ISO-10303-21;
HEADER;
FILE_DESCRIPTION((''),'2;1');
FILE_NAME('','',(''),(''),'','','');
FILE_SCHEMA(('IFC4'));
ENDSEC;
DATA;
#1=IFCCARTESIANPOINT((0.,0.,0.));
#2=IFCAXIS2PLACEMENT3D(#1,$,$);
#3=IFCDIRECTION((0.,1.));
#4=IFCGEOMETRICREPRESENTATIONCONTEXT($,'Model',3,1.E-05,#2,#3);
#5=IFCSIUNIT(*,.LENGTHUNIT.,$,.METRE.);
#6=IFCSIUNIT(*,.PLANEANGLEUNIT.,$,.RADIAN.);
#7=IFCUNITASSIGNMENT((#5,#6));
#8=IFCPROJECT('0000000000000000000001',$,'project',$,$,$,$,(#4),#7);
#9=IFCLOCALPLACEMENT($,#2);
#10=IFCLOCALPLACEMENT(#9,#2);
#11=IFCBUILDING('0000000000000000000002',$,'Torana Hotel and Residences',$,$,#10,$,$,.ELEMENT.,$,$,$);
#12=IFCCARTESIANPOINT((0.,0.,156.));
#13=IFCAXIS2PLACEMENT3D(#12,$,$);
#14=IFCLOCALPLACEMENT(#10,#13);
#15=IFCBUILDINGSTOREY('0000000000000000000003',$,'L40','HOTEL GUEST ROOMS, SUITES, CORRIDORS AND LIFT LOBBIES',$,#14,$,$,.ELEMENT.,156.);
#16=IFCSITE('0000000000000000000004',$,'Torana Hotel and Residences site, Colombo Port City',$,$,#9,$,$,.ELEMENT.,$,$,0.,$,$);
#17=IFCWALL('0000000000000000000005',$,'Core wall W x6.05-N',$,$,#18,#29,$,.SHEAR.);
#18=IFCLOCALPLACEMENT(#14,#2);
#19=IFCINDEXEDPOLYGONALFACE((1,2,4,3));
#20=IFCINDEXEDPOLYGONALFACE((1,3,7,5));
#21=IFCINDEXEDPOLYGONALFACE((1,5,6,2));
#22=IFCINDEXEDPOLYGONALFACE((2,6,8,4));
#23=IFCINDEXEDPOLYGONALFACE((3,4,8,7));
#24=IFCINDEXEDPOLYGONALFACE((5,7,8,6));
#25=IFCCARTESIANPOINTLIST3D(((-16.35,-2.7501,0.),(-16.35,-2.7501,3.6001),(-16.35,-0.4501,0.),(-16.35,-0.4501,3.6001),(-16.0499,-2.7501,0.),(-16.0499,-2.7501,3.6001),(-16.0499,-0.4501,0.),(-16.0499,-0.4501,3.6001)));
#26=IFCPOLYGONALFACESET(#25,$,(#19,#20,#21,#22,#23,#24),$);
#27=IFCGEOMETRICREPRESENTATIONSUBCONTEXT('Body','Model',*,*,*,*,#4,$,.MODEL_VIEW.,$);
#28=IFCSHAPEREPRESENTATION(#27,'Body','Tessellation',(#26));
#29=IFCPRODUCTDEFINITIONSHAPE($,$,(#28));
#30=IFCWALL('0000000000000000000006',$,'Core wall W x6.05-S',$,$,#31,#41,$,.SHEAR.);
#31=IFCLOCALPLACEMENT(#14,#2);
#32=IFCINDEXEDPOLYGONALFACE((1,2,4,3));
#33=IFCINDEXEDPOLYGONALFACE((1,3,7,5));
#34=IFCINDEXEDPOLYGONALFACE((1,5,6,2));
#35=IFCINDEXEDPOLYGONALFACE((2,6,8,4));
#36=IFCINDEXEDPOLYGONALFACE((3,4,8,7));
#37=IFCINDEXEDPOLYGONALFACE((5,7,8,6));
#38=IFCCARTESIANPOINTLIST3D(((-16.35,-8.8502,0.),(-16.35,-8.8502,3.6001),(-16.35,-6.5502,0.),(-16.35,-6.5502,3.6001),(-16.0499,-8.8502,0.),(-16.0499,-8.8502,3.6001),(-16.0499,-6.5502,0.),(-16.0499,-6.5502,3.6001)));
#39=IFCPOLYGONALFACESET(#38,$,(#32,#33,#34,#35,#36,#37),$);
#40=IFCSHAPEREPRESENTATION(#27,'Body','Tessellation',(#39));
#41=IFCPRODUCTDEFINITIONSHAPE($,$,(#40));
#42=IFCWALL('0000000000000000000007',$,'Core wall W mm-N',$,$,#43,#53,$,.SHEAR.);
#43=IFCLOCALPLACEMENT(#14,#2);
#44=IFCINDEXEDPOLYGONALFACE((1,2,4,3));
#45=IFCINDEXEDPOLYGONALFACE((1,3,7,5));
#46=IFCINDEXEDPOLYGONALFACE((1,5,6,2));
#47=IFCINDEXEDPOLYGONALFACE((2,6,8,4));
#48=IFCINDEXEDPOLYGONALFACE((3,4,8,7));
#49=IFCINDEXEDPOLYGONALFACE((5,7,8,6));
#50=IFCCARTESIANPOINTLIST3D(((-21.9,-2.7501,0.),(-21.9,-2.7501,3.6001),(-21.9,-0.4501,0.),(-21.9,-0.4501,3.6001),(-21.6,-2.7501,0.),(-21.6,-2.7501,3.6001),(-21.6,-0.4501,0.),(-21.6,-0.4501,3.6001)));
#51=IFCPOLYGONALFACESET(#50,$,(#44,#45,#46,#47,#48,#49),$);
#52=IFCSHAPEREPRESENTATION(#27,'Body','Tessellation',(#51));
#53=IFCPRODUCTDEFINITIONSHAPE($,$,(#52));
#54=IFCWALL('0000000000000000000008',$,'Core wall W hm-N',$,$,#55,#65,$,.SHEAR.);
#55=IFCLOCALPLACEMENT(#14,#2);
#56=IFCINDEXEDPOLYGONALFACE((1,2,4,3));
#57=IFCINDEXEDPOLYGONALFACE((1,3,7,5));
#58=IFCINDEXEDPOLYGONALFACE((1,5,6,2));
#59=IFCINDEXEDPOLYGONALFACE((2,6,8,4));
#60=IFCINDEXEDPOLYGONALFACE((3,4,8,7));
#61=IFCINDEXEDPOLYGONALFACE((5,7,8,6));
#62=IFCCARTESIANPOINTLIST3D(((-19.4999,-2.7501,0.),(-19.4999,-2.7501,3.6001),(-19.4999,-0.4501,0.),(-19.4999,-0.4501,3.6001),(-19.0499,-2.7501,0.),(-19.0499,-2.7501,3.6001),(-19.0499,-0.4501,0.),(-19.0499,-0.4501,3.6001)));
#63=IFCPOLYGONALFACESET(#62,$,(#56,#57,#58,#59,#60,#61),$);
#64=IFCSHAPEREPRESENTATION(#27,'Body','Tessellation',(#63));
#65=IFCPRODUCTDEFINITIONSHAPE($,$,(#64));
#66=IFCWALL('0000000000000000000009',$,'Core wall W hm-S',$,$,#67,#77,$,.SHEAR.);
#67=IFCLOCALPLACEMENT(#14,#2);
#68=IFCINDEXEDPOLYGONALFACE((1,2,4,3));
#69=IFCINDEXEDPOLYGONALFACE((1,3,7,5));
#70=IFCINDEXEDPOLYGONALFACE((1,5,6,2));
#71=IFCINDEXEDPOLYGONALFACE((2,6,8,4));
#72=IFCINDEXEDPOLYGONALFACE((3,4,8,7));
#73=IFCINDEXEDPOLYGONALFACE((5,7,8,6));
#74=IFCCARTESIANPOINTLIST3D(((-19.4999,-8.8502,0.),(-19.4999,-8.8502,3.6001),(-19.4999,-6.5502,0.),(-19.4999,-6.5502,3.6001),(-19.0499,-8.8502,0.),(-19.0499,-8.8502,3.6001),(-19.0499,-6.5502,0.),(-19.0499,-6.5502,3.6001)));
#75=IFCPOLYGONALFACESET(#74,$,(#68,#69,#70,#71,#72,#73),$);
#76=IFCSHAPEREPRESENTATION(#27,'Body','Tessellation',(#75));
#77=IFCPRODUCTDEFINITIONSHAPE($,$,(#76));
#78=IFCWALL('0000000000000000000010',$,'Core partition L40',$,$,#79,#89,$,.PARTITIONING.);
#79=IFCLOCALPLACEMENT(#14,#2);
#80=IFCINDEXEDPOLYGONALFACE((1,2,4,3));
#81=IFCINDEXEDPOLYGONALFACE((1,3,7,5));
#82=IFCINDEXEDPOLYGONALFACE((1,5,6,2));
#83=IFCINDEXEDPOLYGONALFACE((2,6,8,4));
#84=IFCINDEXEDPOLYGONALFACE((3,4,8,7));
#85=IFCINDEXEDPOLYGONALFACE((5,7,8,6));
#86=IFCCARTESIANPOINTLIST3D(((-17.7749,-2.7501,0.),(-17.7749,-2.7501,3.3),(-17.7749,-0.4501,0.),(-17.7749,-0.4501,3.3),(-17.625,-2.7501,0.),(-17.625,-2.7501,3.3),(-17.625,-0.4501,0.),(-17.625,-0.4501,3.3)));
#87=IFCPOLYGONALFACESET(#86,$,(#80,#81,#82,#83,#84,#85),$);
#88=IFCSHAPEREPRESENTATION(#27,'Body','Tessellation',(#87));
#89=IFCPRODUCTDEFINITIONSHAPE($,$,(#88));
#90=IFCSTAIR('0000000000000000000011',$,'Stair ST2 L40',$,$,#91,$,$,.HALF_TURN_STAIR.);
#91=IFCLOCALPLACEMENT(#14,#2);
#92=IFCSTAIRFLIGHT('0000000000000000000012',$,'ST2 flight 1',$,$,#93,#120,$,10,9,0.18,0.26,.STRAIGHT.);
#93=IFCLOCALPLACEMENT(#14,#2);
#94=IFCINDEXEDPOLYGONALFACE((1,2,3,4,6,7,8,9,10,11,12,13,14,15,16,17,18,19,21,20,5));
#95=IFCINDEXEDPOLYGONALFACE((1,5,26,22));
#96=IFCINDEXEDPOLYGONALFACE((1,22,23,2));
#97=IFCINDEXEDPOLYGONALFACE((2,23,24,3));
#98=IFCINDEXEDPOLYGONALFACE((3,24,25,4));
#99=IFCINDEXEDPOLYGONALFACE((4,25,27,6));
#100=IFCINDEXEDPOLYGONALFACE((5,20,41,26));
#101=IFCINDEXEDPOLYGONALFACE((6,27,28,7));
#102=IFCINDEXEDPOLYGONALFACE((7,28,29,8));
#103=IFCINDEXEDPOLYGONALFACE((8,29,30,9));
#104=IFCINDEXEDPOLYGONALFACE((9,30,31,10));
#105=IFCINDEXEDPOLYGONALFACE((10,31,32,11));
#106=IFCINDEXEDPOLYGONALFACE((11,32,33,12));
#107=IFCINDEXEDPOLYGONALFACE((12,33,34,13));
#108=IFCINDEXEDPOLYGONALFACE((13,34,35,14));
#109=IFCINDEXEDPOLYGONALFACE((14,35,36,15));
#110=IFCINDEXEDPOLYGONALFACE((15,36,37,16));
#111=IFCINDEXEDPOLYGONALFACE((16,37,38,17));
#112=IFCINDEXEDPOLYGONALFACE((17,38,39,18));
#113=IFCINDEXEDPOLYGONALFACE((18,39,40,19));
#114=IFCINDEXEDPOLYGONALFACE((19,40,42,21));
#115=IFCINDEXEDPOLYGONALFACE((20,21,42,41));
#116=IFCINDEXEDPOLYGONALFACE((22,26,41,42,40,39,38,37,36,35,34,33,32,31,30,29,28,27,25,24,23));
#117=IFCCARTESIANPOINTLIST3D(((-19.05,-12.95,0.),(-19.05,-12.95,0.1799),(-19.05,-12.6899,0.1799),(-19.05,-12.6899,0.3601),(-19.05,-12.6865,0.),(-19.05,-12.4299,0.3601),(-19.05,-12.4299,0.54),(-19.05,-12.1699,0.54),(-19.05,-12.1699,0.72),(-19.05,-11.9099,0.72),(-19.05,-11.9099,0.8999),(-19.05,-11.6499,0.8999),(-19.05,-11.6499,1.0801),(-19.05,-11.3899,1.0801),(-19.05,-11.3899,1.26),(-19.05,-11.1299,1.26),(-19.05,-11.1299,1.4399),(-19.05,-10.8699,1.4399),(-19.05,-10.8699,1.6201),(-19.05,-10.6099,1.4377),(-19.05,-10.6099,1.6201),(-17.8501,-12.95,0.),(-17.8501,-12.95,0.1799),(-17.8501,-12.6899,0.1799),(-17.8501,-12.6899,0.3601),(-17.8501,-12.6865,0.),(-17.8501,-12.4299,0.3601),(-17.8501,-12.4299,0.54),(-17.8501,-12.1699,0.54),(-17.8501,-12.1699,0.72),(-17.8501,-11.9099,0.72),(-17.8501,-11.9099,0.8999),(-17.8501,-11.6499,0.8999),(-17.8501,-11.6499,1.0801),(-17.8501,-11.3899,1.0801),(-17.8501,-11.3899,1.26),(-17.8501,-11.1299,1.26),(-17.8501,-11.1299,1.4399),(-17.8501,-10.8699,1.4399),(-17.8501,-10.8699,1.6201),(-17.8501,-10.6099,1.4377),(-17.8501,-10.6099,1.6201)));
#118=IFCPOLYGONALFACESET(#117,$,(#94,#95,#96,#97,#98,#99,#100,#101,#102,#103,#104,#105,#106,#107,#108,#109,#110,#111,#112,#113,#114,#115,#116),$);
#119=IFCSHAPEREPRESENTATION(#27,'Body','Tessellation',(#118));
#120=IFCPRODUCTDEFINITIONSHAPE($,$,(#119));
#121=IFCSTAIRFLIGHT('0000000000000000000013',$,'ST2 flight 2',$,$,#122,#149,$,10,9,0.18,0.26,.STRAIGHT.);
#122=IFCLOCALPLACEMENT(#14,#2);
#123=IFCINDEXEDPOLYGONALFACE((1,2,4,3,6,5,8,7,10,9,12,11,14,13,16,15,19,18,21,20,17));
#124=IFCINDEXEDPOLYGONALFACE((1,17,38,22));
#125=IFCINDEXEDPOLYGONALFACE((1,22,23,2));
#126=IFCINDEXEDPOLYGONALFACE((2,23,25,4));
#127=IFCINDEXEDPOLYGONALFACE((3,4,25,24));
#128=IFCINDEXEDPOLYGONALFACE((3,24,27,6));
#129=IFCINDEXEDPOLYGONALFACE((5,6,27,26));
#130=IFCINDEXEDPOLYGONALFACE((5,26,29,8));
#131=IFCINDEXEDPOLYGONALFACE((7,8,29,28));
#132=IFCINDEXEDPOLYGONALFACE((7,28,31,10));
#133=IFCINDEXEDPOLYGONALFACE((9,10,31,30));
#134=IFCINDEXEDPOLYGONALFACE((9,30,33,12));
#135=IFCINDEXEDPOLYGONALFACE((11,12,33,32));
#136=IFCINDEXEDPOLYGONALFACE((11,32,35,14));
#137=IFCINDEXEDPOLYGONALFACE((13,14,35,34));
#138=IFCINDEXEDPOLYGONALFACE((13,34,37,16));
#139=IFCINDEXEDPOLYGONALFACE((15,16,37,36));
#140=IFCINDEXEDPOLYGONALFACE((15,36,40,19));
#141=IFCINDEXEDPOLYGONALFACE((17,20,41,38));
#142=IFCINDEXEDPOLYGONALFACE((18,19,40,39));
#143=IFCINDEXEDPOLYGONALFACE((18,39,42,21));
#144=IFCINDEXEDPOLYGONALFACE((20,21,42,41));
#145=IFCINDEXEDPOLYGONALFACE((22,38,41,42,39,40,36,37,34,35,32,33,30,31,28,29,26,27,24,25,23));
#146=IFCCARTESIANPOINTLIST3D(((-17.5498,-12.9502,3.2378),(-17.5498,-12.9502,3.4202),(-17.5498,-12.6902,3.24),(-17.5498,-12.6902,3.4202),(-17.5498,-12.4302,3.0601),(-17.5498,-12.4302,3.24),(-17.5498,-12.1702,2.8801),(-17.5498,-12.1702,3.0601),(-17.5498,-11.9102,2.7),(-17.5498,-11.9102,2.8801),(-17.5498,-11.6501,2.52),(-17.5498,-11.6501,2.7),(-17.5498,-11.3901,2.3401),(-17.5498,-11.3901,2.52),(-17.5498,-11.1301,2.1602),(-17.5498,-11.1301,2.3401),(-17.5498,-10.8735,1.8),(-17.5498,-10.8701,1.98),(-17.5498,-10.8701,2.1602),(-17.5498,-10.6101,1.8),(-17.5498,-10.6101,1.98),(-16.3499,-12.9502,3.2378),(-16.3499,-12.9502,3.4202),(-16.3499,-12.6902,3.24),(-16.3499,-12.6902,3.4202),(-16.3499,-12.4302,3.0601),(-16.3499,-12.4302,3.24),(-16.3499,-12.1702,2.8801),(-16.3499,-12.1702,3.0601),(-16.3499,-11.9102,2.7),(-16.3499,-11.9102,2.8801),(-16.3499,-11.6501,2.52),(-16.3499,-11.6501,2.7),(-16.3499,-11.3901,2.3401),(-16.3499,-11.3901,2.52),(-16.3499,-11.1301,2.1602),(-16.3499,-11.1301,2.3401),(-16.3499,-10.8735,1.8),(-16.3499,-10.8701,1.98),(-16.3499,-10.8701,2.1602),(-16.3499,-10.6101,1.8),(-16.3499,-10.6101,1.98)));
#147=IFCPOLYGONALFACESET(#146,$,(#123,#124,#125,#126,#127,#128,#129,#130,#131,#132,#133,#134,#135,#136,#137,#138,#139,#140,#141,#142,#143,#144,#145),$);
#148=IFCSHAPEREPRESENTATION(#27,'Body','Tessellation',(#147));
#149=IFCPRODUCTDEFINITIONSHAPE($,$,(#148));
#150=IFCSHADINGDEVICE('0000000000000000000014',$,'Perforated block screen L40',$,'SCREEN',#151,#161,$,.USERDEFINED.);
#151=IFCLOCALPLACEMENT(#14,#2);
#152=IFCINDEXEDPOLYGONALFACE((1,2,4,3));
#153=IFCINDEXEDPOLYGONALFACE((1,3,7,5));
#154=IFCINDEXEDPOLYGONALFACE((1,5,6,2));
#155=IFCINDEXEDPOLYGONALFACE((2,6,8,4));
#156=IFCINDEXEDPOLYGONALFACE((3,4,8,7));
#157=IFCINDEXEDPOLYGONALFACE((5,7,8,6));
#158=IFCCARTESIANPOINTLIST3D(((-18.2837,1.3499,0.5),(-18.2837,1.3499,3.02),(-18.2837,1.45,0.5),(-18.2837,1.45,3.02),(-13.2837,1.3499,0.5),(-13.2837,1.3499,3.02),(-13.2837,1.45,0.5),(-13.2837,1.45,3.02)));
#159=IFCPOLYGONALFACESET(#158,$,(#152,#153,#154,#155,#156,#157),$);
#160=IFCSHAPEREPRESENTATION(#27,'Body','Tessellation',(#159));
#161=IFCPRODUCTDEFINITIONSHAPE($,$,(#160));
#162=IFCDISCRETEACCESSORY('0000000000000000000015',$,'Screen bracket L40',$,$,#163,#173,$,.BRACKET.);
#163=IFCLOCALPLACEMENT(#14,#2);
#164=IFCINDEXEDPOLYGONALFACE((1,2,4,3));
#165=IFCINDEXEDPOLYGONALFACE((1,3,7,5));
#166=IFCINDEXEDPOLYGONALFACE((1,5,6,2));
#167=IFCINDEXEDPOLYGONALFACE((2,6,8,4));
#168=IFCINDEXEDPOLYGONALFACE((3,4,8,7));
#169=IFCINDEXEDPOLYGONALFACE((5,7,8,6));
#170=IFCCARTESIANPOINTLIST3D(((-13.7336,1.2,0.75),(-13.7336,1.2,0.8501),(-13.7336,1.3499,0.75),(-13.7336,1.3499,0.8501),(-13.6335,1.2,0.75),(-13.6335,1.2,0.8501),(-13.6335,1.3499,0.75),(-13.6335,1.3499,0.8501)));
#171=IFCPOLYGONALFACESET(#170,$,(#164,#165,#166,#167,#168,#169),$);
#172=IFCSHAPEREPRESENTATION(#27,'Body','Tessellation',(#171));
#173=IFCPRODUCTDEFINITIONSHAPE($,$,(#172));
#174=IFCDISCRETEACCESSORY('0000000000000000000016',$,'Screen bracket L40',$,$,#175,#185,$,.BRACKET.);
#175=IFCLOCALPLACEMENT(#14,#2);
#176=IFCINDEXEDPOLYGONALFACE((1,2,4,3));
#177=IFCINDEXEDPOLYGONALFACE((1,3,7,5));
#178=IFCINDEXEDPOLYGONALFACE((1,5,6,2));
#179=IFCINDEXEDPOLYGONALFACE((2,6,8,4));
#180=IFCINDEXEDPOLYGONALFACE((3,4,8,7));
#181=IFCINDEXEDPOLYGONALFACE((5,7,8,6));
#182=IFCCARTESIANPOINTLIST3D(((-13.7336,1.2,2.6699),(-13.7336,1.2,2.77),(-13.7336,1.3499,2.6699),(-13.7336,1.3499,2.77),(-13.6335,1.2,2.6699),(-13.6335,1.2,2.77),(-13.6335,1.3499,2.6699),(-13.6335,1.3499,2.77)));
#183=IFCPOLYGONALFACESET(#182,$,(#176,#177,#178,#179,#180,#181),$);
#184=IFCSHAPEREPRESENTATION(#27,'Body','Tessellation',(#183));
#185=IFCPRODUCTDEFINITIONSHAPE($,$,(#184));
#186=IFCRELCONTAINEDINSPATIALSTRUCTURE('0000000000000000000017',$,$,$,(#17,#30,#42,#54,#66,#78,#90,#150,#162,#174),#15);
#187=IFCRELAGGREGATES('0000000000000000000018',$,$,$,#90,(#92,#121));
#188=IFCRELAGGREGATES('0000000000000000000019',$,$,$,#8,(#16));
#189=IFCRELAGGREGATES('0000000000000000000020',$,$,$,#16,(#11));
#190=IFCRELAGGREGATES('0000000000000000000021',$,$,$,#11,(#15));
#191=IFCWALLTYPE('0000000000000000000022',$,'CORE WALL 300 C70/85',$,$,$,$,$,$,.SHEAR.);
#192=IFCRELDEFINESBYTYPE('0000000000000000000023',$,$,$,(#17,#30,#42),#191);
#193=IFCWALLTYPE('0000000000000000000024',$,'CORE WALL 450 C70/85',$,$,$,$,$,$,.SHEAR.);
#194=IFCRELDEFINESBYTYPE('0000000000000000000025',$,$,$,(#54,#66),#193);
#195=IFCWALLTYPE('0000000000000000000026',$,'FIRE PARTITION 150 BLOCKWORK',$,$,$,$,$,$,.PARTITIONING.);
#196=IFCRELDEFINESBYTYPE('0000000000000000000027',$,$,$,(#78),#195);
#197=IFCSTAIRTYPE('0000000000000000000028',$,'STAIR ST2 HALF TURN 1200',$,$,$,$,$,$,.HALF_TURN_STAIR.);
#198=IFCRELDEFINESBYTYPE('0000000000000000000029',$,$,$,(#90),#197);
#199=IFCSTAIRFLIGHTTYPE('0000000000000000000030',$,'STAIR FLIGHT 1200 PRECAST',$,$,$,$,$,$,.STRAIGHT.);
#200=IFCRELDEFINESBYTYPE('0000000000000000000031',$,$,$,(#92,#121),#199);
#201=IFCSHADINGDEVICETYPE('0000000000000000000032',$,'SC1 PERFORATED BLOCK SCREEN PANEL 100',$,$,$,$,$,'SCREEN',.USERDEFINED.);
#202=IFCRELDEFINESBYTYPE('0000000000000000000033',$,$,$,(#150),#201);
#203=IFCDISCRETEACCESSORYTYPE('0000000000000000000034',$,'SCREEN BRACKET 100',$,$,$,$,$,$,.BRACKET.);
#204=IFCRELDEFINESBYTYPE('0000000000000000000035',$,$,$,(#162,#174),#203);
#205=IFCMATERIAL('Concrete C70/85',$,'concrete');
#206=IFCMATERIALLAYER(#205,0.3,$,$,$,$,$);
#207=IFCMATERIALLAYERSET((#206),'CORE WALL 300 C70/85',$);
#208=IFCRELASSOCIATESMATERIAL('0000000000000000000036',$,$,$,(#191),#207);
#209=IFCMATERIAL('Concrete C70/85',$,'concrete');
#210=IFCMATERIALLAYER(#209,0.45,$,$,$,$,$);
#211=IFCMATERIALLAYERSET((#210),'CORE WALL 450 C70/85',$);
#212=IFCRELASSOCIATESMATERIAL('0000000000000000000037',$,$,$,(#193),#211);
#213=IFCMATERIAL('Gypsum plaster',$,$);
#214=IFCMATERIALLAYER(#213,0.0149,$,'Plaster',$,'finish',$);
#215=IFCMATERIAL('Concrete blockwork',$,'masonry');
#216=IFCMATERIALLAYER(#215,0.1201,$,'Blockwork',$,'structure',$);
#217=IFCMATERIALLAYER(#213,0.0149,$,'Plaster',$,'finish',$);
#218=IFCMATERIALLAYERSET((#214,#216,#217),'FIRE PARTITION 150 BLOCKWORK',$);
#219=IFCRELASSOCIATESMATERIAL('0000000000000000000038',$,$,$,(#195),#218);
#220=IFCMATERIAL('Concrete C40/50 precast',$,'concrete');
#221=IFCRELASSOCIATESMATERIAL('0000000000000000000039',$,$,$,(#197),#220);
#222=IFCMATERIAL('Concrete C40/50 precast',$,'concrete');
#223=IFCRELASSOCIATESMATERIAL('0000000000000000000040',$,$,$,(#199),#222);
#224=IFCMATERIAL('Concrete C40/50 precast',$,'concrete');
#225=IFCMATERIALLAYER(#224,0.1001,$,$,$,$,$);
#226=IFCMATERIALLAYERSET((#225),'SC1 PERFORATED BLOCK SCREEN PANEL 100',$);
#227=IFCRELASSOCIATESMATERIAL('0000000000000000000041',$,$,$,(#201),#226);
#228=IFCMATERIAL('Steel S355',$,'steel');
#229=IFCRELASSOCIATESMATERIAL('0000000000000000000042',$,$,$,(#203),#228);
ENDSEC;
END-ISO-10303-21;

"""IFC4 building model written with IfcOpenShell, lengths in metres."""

from ifc_helpers import new_model, si_unit, direction, frame, frame_2d, origin, origin_2d, place, context, subcontext, project, spatial, polyline, rectangle, outline, extrude, material, layer, layer_set, type_object, element, aggregate, save


model = new_model("IFC4")

# Units and contexts
model_context = context("Model", 3, precision=1e-05, world=origin(), true_north=direction((0.0, 1.0)))
body_context = subcontext(model_context, "Body", "Model", "MODEL_VIEW")
ifc_project = project(units=[si_unit("LENGTHUNIT", "METRE"), si_unit("PLANEANGLEUNIT", "RADIAN")], contexts=[model_context])

# Site, building, storey
site_placement = place(None, origin())
site = spatial("IfcSite", under=ifc_project, at=site_placement, Name="Torana Hotel and Residences site, Colombo Port City", CompositionType="ELEMENT", RefElevation=0.0)
building_placement = place(site_placement, origin())
building = spatial("IfcBuilding", under=site, at=building_placement, Name="Torana Hotel and Residences", CompositionType="ELEMENT")
storey_placement = place(building_placement, frame((0.0, 0.0, 156.0)))
storey = spatial("IfcBuildingStorey", under=building, at=storey_placement, Name="L40", Description="HOTEL GUEST ROOMS, SUITES, CORRIDORS AND LIFT LOBBIES", CompositionType="ELEMENT", Elevation=156.0)

# Walls
ifc_material_1 = material(Name="Concrete C70/85", Category="concrete")
ifc_layer_1 = layer(ifc_material_1, 0.3)
ifc_layer_set_1 = layer_set([ifc_layer_1], Name="CORE WALL 300 C70/85")
wall_type_1 = type_object("IfcWallType", Name="CORE WALL 300 C70/85", PredefinedType="SHEAR", material=ifc_layer_set_1)
for number, where, z_axis, x_axis, name in (
    (1, (-16.2, -2.75, 0.0), (0.0, 0.0, 1.0), (0.0, 1.0, 0.0), "Core wall W x6.05-N"),
    (2, (-16.2, -8.8501, 0.0), (0.0, 0.0, 1.0), (0.0, 1.0, 0.0), "Core wall W x6.05-S"),
    (3, (-21.75, -2.75, 0.0), (0.0, 0.0, 1.0), (0.0, 1.0, 0.0), "Core wall W mm-N"),
):
    element("IfcWall", number, at=place(storey_placement, frame(where, z_axis=z_axis, x_axis=x_axis)), inside=storey, type_object=wall_type_1, Name=name, PredefinedType="SHEAR", context=body_context, shape_type="SweptSolid", body=[
        extrude(rectangle(XDim=2.3, YDim=0.3, at=frame_2d((1.1499, 0.0))), origin(), (0.0, 0.0, 1.0), 3.6001),
    ])
ifc_material_2 = material(Name="Concrete C70/85", Category="concrete")
ifc_layer_2 = layer(ifc_material_2, 0.45)
ifc_layer_set_2 = layer_set([ifc_layer_2], Name="CORE WALL 450 C70/85")
wall_type_2 = type_object("IfcWallType", Name="CORE WALL 450 C70/85", PredefinedType="SHEAR", material=ifc_layer_set_2)
for number, where, z_axis, x_axis, name in (
    (4, (-19.2749, -2.75, 0.0), (0.0, 0.0, 1.0), (0.0, 1.0, 0.0), "Core wall W hm-N"),
    (5, (-19.2749, -8.8501, 0.0), (0.0, 0.0, 1.0), (0.0, 1.0, 0.0), "Core wall W hm-S"),
):
    element("IfcWall", number, at=place(storey_placement, frame(where, z_axis=z_axis, x_axis=x_axis)), inside=storey, type_object=wall_type_2, Name=name, PredefinedType="SHEAR", context=body_context, shape_type="SweptSolid", body=[
        extrude(rectangle(XDim=2.3, YDim=0.45, at=frame_2d((1.1499, 0.0))), origin(), (0.0, 0.0, 1.0), 3.6001),
    ])
ifc_material_3 = material(Name="Gypsum plaster")
ifc_layer_3 = layer(ifc_material_3, 0.0149, Name="Plaster", Category="finish")
ifc_material_4 = material(Name="Concrete blockwork", Category="masonry")
ifc_layer_4 = layer(ifc_material_4, 0.1201, Name="Blockwork", Category="structure")
ifc_layer_5 = layer(ifc_material_3, 0.0149, Name="Plaster", Category="finish")
ifc_layer_set_3 = layer_set([ifc_layer_3, ifc_layer_4, ifc_layer_5], Name="FIRE PARTITION 150 BLOCKWORK")
wall_type_3 = type_object("IfcWallType", Name="FIRE PARTITION 150 BLOCKWORK", PredefinedType="PARTITIONING", material=ifc_layer_set_3)
wall_placement = place(storey_placement, frame((-17.7, -2.75, 0.0), z_axis=(0.0, 0.0, 1.0), x_axis=(0.0, 1.0, 0.0)))
element("IfcWall", 6, at=wall_placement, inside=storey, type_object=wall_type_3, Name="Core partition L40", PredefinedType="PARTITIONING", context=body_context, shape_type="SweptSolid", body=[
    extrude(rectangle(XDim=2.3, YDim=0.1499, at=frame_2d((1.1499, 0.0))), origin(), (0.0, 0.0, 1.0), 3.3),
])

# Stair, stair flights
ifc_material_5 = material(Name="Concrete C40/50 precast", Category="concrete")
stair_type = type_object("IfcStairType", Name="STAIR ST2 HALF TURN 1200", PredefinedType="HALF_TURN_STAIR", material=ifc_material_5)
stair_placement = place(storey_placement, origin())
stair = element("IfcStair", 7, at=stair_placement, inside=storey, type_object=stair_type, Name="Stair ST2 L40", PredefinedType="HALF_TURN_STAIR")
ifc_material_6 = material(Name="Concrete C40/50 precast", Category="concrete")
stair_flight_type = type_object("IfcStairFlightType", Name="STAIR FLIGHT 1200 PRECAST", PredefinedType="STRAIGHT", material=ifc_material_6)
stair_flight_1_placement = place(storey_placement, frame((-18.45, -12.95, 0.0), z_axis=(0.0, 0.0, 1.0), x_axis=(0.0, 1.0, 0.0)))
stair_flight_1 = element("IfcStairFlight", 8, at=stair_flight_1_placement, type_object=stair_flight_type, Name="ST2 flight 1", NumberOfRisers=10, NumberOfTreads=9, PredefinedType="STRAIGHT", RiserHeight=0.18, TreadLength=0.26, context=body_context, shape_type="SweptSolid", body=[
    extrude(outline(polyline([(0.0, 0.0), (0.0, 0.1799), (0.26, 0.1799), (0.26, 0.3601), (0.52, 0.3601), (0.52, 0.54), (0.78, 0.54), (0.78, 0.72), (1.04, 0.72), (1.04, 0.8999), (1.3, 0.8999), (1.3, 1.0801), (1.5601, 1.0801), (1.5601, 1.26), (1.8201, 1.26), (1.8201, 1.4399), (2.0801, 1.4399), (2.0801, 1.6201), (2.3401, 1.6201), (2.3401, 1.8), (2.3401, 1.4377), (0.2634, 0.0), (0.0, 0.0)])), frame((0.0, 0.6001, 0.0), z_axis=(0.0, -1.0, 0.0), x_axis=(1.0, 0.0, 0.0)), (0.0, 0.0, 1.0), 1.2),
])
stair_flight_2_placement = place(storey_placement, frame((-16.95, -10.6101, 1.8), z_axis=(0.0, 0.0, 1.0), x_axis=(0.0, -1.0, 0.0)))
stair_flight_2 = element("IfcStairFlight", 9, at=stair_flight_2_placement, type_object=stair_flight_type, Name="ST2 flight 2", NumberOfRisers=10, NumberOfTreads=9, PredefinedType="STRAIGHT", RiserHeight=0.18, TreadLength=0.26, context=body_context, shape_type="SweptSolid", body=[
    extrude(outline(polyline([(0.0, 0.0), (0.0, 0.1799), (0.26, 0.1799), (0.26, 0.3601), (0.52, 0.3601), (0.52, 0.54), (0.78, 0.54), (0.78, 0.72), (1.04, 0.72), (1.04, 0.8999), (1.3, 0.8999), (1.3, 1.0801), (1.5601, 1.0801), (1.5601, 1.26), (1.8201, 1.26), (1.8201, 1.4399), (2.0801, 1.4399), (2.0801, 1.6201), (2.3401, 1.6201), (2.3401, 1.8), (2.3401, 1.4377), (0.2634, 0.0), (0.0, 0.0)])), frame((0.0, 0.6001, 0.0), z_axis=(0.0, -1.0, 0.0), x_axis=(1.0, 0.0, 0.0)), (0.0, 0.0, 1.0), 1.2),
])
aggregate(stair, [stair_flight_1, stair_flight_2])

# Shading device
ifc_material_7 = material(Name="Concrete C40/50 precast", Category="concrete")
ifc_layer_6 = layer(ifc_material_7, 0.1001)
ifc_layer_set_4 = layer_set([ifc_layer_6], Name="SC1 PERFORATED BLOCK SCREEN PANEL 100")
shading_device_type = type_object("IfcShadingDeviceType", Name="SC1 PERFORATED BLOCK SCREEN PANEL 100", ElementType="SCREEN", PredefinedType="USERDEFINED", material=ifc_layer_set_4)
shading_device_placement = place(storey_placement, frame((-15.7837, 1.3999, 0.5), z_axis=(0.0, 0.0, 1.0), x_axis=(-1.0, 0.0, 0.0)))
element("IfcShadingDevice", 10, at=shading_device_placement, inside=storey, type_object=shading_device_type, Name="Perforated block screen L40", ObjectType="SCREEN", PredefinedType="USERDEFINED", context=body_context, shape_type="SweptSolid", body=[
    extrude(rectangle(XDim=5.0, YDim=0.1001, at=origin_2d()), origin(), (0.0, 0.0, 1.0), 2.52),
])

# Discrete accessories
ifc_material_8 = material(Name="Steel S355", Category="steel")
discrete_accessory_type = type_object("IfcDiscreteAccessoryType", Name="SCREEN BRACKET 100", PredefinedType="BRACKET", material=ifc_material_8)
for number, where, z_axis, x_axis, name in (
    (11, (-13.6836, 1.2749, 0.75), (0.0, 0.0, 1.0), (-1.0, 0.0, 0.0), "Screen bracket L40"),
    (12, (-13.6836, 1.2749, 2.6699), (0.0, 0.0, 1.0), (-1.0, 0.0, 0.0), "Screen bracket L40"),
):
    element("IfcDiscreteAccessory", number, at=place(storey_placement, frame(where, z_axis=z_axis, x_axis=x_axis)), inside=storey, type_object=discrete_accessory_type, Name=name, PredefinedType="BRACKET", context=body_context, shape_type="SweptSolid", body=[
        extrude(rectangle(XDim=0.1001, YDim=0.1499, at=origin_2d()), origin(), (0.0, 0.0, 1.0), 0.1001),
    ])

save(model, "model.ifc")
